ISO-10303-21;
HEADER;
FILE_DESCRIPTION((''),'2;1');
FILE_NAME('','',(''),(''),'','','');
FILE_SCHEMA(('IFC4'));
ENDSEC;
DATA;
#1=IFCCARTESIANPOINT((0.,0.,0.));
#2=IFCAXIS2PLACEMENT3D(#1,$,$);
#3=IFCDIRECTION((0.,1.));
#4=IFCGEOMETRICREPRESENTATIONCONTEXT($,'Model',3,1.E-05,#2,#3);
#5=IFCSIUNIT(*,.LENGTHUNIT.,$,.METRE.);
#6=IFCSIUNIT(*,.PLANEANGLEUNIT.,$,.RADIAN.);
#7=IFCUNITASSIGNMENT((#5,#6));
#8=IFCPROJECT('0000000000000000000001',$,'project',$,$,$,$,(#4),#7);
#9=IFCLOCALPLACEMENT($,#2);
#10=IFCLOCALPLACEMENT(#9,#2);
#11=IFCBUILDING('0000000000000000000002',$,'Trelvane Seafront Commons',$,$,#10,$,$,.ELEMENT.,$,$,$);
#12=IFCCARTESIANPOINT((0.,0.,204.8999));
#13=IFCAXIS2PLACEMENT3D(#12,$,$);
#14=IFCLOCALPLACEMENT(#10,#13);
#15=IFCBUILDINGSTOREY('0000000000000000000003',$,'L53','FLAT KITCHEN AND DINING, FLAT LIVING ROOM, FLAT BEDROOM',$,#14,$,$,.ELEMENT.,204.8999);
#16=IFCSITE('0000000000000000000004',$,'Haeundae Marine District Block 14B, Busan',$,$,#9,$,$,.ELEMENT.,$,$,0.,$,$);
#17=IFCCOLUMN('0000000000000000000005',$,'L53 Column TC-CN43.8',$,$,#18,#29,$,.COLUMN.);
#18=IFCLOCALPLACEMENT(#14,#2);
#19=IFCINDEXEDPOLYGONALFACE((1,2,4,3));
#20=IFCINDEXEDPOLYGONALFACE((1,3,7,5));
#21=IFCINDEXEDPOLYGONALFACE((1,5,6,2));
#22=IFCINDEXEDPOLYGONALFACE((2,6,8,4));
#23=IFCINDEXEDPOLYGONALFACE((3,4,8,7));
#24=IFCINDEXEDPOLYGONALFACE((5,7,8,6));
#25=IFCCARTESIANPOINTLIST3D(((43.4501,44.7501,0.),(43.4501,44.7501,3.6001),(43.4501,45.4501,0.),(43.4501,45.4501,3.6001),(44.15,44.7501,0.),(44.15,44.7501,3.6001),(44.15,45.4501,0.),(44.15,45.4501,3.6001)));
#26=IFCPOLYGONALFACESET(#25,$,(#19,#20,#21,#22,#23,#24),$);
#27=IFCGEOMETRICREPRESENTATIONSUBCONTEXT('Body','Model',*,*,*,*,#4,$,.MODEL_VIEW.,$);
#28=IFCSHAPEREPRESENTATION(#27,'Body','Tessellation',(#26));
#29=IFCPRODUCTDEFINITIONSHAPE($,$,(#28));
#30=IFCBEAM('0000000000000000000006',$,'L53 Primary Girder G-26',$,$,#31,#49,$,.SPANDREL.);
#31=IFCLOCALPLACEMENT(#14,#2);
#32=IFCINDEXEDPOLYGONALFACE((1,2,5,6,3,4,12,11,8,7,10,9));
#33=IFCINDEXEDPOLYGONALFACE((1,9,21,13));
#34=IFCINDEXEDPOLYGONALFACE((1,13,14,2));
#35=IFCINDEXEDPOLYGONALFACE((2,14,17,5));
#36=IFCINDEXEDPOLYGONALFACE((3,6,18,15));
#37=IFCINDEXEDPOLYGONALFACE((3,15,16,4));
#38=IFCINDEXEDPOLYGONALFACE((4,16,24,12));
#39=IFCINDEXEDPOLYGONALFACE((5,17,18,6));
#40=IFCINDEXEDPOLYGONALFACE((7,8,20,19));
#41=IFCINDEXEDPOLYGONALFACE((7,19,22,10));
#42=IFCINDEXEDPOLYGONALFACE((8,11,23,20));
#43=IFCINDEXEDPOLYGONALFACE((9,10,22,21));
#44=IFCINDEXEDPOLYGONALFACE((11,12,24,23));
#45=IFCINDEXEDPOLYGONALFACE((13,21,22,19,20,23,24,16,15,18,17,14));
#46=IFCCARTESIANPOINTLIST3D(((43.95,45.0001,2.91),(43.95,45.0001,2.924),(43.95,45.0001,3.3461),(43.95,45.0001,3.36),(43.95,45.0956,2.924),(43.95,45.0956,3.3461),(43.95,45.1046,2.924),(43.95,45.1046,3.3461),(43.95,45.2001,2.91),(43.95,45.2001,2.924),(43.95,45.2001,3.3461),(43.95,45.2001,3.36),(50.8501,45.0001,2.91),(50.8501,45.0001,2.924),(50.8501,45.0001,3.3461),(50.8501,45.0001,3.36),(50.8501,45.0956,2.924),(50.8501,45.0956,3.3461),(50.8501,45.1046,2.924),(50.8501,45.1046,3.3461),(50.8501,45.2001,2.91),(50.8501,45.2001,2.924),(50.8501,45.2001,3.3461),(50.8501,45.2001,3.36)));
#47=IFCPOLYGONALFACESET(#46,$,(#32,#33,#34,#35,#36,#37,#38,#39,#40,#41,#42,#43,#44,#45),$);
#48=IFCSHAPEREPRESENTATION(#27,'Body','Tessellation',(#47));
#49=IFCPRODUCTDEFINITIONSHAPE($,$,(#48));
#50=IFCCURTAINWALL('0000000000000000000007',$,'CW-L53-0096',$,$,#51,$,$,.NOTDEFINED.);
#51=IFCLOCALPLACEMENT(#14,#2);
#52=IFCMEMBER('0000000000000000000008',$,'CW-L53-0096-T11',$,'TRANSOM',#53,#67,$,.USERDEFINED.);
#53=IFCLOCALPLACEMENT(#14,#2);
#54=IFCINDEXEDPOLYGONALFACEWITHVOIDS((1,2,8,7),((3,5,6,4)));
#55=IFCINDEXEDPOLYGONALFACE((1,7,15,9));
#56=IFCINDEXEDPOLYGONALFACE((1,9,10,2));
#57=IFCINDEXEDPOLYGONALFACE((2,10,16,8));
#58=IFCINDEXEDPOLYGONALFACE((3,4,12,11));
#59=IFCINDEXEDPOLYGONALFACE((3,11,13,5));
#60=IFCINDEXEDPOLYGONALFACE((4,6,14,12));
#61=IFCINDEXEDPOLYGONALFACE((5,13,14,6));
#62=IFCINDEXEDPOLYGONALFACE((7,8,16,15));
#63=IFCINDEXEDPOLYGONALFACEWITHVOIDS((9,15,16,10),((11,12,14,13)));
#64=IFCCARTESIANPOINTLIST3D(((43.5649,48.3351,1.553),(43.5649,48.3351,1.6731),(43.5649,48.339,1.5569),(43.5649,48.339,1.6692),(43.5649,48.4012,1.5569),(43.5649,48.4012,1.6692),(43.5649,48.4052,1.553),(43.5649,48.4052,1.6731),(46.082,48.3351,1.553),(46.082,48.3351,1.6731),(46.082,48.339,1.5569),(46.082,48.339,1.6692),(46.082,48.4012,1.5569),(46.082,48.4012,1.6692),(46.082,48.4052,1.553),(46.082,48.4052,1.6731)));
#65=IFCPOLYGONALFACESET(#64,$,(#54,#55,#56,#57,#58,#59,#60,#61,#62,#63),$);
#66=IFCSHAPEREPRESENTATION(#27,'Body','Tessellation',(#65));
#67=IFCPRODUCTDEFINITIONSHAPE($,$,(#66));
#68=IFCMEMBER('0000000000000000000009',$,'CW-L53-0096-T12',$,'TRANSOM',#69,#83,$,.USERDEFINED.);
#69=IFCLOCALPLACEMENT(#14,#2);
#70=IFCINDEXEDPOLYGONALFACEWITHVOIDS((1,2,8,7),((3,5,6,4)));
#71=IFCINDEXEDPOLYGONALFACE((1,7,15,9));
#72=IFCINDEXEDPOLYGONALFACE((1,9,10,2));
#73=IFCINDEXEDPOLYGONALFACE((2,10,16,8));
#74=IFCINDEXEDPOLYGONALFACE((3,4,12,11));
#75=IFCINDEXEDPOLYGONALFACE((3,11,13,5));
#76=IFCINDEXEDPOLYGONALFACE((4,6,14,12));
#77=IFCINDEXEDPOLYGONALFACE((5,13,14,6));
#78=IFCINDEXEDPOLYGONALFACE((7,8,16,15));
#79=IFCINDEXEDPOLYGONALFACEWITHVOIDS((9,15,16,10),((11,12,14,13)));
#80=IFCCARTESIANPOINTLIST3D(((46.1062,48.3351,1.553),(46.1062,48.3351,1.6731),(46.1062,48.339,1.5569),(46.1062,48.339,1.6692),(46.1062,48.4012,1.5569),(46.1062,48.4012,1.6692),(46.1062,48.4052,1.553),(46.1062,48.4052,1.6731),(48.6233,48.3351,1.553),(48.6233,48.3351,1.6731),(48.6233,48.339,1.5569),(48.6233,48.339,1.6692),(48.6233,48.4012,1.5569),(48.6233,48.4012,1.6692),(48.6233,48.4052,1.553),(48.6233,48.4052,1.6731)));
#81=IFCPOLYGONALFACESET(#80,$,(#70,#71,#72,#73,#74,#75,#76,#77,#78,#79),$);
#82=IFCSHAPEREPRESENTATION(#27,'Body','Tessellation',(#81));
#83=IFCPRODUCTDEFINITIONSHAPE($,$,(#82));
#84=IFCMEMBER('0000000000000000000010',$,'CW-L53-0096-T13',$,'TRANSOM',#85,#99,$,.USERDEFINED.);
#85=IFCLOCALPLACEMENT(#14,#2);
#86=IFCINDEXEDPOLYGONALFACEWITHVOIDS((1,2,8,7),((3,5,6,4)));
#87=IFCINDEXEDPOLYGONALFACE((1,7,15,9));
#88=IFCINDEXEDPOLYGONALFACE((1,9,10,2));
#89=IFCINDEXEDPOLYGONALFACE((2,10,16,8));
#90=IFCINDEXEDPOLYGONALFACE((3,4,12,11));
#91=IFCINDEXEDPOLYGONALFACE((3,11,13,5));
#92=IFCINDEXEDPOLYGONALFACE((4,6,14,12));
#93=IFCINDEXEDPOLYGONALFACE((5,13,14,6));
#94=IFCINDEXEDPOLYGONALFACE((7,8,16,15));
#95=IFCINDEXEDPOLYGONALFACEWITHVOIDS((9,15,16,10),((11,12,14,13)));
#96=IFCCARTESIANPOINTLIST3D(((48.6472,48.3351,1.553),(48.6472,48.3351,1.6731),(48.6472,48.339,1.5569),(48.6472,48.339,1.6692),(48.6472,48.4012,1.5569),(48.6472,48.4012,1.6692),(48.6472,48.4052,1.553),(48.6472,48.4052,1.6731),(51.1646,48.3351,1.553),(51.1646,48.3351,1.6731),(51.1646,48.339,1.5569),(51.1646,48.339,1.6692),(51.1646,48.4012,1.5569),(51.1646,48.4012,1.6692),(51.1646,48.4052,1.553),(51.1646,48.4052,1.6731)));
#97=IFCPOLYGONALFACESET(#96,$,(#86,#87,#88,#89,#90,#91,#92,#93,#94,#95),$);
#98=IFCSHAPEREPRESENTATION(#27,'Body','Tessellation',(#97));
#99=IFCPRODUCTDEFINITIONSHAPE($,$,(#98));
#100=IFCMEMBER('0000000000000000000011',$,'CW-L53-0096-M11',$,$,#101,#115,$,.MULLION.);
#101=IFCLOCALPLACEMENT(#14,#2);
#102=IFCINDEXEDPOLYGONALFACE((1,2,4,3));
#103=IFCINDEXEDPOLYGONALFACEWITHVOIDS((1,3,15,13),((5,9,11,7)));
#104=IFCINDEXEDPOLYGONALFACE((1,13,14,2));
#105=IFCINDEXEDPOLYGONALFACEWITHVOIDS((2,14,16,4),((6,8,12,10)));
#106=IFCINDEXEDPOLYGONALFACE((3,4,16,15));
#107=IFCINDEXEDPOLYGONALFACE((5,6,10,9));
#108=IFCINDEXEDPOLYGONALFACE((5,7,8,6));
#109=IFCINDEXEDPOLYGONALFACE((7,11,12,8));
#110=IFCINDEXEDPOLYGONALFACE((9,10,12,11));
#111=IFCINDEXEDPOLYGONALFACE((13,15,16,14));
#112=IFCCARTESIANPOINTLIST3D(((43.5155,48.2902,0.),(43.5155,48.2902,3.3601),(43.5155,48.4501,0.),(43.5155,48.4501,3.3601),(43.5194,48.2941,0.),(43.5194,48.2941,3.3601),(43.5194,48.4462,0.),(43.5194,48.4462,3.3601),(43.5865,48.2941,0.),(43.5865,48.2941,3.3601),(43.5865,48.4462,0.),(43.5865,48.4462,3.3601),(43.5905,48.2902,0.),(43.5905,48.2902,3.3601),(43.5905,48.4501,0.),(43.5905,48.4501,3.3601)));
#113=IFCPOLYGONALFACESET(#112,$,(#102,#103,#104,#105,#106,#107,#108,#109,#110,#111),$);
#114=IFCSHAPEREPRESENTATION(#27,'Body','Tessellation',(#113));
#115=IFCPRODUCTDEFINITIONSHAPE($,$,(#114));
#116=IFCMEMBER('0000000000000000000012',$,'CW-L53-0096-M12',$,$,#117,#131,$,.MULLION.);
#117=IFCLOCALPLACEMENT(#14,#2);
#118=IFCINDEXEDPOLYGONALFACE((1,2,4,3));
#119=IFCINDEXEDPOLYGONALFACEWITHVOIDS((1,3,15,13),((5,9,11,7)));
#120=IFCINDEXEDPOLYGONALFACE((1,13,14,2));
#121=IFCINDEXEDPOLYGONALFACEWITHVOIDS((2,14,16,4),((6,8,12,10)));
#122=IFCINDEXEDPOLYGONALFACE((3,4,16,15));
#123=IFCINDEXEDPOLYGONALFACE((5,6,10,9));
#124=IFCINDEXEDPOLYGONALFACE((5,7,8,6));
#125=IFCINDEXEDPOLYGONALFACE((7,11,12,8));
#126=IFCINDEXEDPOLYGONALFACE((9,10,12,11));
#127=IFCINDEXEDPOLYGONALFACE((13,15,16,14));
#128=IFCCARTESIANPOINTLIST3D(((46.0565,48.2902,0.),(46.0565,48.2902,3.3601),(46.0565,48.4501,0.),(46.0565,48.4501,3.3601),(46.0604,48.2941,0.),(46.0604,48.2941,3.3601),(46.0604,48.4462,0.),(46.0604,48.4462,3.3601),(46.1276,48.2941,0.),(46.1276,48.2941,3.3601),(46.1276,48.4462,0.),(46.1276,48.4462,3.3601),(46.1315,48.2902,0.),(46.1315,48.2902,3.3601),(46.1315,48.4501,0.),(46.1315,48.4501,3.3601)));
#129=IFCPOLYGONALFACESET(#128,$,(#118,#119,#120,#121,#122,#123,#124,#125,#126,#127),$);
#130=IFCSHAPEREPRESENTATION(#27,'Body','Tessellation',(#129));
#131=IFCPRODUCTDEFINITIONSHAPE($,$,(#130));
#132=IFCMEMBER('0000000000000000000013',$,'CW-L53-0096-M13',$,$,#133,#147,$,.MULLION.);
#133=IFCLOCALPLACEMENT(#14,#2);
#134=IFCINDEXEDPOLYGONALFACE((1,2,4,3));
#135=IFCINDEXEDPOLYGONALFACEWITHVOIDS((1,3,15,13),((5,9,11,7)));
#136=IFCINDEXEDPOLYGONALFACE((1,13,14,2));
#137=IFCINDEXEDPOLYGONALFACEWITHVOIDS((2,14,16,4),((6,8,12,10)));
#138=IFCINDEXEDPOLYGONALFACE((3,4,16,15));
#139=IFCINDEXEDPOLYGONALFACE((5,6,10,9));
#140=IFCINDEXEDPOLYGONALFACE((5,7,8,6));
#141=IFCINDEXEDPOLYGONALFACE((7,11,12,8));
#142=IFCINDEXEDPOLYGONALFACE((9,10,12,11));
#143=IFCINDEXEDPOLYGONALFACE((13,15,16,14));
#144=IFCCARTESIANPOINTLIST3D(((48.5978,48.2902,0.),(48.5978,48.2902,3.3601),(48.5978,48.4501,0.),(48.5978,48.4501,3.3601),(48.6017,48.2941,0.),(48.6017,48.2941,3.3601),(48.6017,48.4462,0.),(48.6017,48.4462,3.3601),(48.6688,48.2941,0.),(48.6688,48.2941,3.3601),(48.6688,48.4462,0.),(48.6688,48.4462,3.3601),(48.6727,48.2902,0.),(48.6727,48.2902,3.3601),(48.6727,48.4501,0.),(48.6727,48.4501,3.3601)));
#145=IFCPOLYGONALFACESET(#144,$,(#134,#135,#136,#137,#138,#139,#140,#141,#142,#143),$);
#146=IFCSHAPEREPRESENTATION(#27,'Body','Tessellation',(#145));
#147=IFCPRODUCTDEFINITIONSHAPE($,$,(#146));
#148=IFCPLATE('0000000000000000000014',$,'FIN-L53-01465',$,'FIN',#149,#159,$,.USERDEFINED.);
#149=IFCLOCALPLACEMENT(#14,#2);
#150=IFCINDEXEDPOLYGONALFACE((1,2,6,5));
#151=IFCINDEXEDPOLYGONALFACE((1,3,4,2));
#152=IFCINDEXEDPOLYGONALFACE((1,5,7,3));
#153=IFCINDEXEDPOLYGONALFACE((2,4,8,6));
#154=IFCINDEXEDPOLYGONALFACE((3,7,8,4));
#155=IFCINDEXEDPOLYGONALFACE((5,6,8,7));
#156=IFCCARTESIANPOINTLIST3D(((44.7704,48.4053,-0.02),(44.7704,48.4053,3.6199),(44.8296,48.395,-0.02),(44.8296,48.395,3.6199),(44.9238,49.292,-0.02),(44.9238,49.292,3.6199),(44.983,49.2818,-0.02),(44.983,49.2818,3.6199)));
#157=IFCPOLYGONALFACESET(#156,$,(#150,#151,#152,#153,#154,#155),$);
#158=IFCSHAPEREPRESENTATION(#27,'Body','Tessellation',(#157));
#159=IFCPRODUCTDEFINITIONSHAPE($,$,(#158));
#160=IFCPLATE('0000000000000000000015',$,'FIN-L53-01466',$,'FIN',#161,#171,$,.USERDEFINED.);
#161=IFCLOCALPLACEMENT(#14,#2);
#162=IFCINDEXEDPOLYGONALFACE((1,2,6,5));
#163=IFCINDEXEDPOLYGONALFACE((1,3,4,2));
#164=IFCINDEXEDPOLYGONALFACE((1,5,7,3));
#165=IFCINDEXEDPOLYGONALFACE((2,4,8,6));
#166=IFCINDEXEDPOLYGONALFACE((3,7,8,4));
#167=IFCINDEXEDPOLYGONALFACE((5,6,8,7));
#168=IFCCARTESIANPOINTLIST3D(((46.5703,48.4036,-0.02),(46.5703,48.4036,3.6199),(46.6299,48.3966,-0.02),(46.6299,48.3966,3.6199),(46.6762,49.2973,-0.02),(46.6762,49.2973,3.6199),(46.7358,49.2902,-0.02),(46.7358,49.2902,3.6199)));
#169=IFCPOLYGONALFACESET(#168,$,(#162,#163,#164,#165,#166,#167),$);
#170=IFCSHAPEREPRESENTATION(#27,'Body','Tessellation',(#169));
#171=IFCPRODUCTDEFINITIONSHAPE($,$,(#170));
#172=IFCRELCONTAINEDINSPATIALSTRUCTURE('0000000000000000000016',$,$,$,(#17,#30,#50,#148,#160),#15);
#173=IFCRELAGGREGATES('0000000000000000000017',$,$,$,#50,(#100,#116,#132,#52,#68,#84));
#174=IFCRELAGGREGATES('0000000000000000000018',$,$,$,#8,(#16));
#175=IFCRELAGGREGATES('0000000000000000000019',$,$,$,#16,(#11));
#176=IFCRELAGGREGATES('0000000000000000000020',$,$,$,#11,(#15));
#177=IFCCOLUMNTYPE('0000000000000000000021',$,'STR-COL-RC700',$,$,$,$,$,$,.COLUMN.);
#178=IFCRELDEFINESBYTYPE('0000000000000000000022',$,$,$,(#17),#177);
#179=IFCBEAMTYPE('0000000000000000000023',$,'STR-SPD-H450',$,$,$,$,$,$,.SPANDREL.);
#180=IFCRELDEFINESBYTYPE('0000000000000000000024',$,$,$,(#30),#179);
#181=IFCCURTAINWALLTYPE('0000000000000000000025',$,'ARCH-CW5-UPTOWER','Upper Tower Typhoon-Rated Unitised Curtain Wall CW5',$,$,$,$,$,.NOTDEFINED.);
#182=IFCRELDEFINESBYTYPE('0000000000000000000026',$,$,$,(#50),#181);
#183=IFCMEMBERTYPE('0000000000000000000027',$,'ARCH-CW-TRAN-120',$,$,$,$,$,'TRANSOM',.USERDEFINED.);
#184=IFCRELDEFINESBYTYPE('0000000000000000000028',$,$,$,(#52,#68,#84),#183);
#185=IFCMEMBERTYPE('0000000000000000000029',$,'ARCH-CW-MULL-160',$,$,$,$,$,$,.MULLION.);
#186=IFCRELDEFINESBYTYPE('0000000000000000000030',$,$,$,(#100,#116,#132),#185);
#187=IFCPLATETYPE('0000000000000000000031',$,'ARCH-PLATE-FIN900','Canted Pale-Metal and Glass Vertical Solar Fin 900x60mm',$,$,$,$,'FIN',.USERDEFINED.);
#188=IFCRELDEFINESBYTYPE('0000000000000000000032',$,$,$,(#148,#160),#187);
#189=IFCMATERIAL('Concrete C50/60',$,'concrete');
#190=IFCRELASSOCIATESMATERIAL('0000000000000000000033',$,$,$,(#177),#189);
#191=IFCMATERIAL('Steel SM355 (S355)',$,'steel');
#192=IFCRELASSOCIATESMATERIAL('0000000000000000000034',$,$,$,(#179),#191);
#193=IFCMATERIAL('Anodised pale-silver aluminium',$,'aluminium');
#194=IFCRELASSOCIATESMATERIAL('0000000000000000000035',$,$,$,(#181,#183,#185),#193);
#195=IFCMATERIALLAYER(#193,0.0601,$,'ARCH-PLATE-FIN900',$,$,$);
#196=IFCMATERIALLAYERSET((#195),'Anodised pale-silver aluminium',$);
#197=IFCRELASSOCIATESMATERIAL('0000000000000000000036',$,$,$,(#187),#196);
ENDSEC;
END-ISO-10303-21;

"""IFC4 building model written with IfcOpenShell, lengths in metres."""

from ifc_helpers import new_model, si_unit, direction, frame, origin, origin_2d, place, context, subcontext, project, spatial, rectangle, hollow_rectangle, i_section, extrude, source, transform, mapped, material, layer, layer_set, material_profile, profile_set, type_object, element, aggregate, save


model = new_model("IFC4")

# Units and contexts
model_context = context("Model", 3, precision=1e-05, world=origin(), true_north=direction((0.0, 1.0)))
body_context = subcontext(model_context, "Body", "Model", "MODEL_VIEW")
ifc_project = project(units=[si_unit("LENGTHUNIT", "METRE"), si_unit("PLANEANGLEUNIT", "RADIAN")], contexts=[model_context])

# Site, building, storey
site_placement = place(None, origin())
site = spatial("IfcSite", under=ifc_project, at=site_placement, Name="Haeundae Marine District Block 14B, Busan", CompositionType="ELEMENT", RefElevation=0.0)
building_placement = place(site_placement, origin())
building = spatial("IfcBuilding", under=site, at=building_placement, Name="Trelvane Seafront Commons", CompositionType="ELEMENT")
storey_placement = place(building_placement, frame((0.0, 0.0, 204.8999)))
storey = spatial("IfcBuildingStorey", under=building, at=storey_placement, Name="L53", Description="FLAT KITCHEN AND DINING, FLAT LIVING ROOM, FLAT BEDROOM", CompositionType="ELEMENT", Elevation=204.8999)

# Column
ifc_material_1 = material(Name="Concrete C50/60", Category="concrete")
ifc_material_profile_1 = material_profile(ifc_material_1, rectangle(XDim=0.7, YDim=0.7, at=origin_2d()), Name="RC-700x700")
ifc_profile_set_1 = profile_set([ifc_material_profile_1], Name="Concrete C50/60")
column_type = type_object("IfcColumnType", Name="STR-COL-RC700", PredefinedType="COLUMN", material=ifc_profile_set_1)
shared_shape_1 = source(origin(), body_context, "Body", "SweptSolid", [
    extrude(rectangle(XDim=0.7, YDim=0.7, at=origin_2d()), origin(), (0.0, 0.0, 1.0), 3.6001),
])
column_placement = place(storey_placement, frame((43.8, 45.1001, 0.0), z_axis=(0.0, 0.0, 1.0), x_axis=(1.0, 0.0, 0.0)))
element("IfcColumn", 1, at=column_placement, inside=storey, type_object=column_type, Name="L53 Column TC-CN43.8", PredefinedType="COLUMN", context=body_context, shape_type="MappedRepresentation", body=[
    mapped(shared_shape_1, transform((0.0, 0.0, 0.0), x_axis=(1.0, 0.0, 0.0), y_axis=(0.0, 1.0, 0.0), z_axis=(0.0, 0.0, 1.0), scale=1.0)),
])

# Beam
ifc_material_2 = material(Name="Steel SM355 (S355)", Category="steel")
ifc_material_profile_2 = material_profile(ifc_material_2, i_section(OverallWidth=0.2, OverallDepth=0.45, WebThickness=0.009, FlangeThickness=0.0139, at=origin_2d()), Name="H-450x200x9x14")
ifc_profile_set_2 = profile_set([ifc_material_profile_2], Name="Steel SM355 (S355)")
beam_type = type_object("IfcBeamType", Name="STR-SPD-H450", PredefinedType="SPANDREL", material=ifc_profile_set_2)
shared_shape_2 = source(origin(), body_context, "Body", "SweptSolid", [
    extrude(i_section(OverallWidth=0.2, OverallDepth=0.45, WebThickness=0.009, FlangeThickness=0.0139, at=origin_2d()), origin(), (0.0, 0.0, 1.0), 6.9001),
])
beam_placement = place(storey_placement, frame((43.95, 45.1001, 3.135), z_axis=(1.0, 0.0, 0.0), x_axis=(0.0, 1.0, 0.0)))
element("IfcBeam", 2, at=beam_placement, inside=storey, type_object=beam_type, Name="L53 Primary Girder G-26", PredefinedType="SPANDREL", context=body_context, shape_type="MappedRepresentation", body=[
    mapped(shared_shape_2, transform((0.0, 0.0, 0.0), x_axis=(1.0, 0.0, 0.0), y_axis=(0.0, 1.0, 0.0), z_axis=(0.0, 0.0, 1.0), scale=1.0)),
])

# Curtain wall, members
ifc_material_3 = material(Name="Anodised pale-silver aluminium", Category="aluminium")
curtain_wall_type = type_object("IfcCurtainWallType", Name="ARCH-CW5-UPTOWER", Description="Upper Tower Typhoon-Rated Unitised Curtain Wall CW5", PredefinedType="NOTDEFINED", material=ifc_material_3)
curtain_wall_placement = place(storey_placement, origin())
curtain_wall = element("IfcCurtainWall", 3, at=curtain_wall_placement, inside=storey, type_object=curtain_wall_type, Name="CW-L53-0096", PredefinedType="NOTDEFINED")
ifc_material_profile_3 = material_profile(ifc_material_3, hollow_rectangle(XDim=0.0701, YDim=0.1201, WallThickness=0.0039, at=origin_2d()), Name="TRAN-70x120x4")
ifc_profile_set_3 = profile_set([ifc_material_profile_3], Name="Anodised pale-silver aluminium")
member_type_1 = type_object("IfcMemberType", Name="ARCH-CW-TRAN-120", ElementType="TRANSOM", PredefinedType="USERDEFINED", material=ifc_profile_set_3)
shared_shape_3 = source(origin(), body_context, "Body", "SweptSolid", [
    extrude(hollow_rectangle(XDim=0.0701, YDim=0.1201, WallThickness=0.0039, at=origin_2d()), origin(), (0.0, 0.0, 1.0), 2.5171),
])
member_1_placement = place(storey_placement, frame((43.5649, 48.3701, 1.613), z_axis=(1.0, 0.0, 0.0), x_axis=(0.0, 1.0, 0.0)))
member_1 = element("IfcMember", 4, at=member_1_placement, type_object=member_type_1, Name="CW-L53-0096-T11", ObjectType="TRANSOM", PredefinedType="USERDEFINED", context=body_context, shape_type="MappedRepresentation", body=[
    mapped(shared_shape_3, transform((0.0, 0.0, 0.0), x_axis=(1.0, 0.0, 0.0), y_axis=(0.0, 1.0, 0.0), z_axis=(0.0, 0.0, 1.0), scale=1.0)),
])
member_2_placement = place(storey_placement, frame((46.1062, 48.3701, 1.613), z_axis=(1.0, 0.0, 0.0), x_axis=(0.0, 1.0, 0.0)))
member_2 = element("IfcMember", 5, at=member_2_placement, type_object=member_type_1, Name="CW-L53-0096-T12", ObjectType="TRANSOM", PredefinedType="USERDEFINED", context=body_context, shape_type="MappedRepresentation", body=[
    mapped(shared_shape_3, transform((0.0, 0.0, 0.0), x_axis=(1.0, 0.0, 0.0), y_axis=(0.0, 1.0, 0.0), z_axis=(0.0, 0.0, 1.0), scale=1.0)),
])
shared_shape_4 = source(origin(), body_context, "Body", "SweptSolid", [
    extrude(hollow_rectangle(XDim=0.0701, YDim=0.1201, WallThickness=0.0039, at=origin_2d()), origin(), (0.0, 0.0, 1.0), 2.5173),
])
member_3_placement = place(storey_placement, frame((48.6472, 48.3701, 1.613), z_axis=(1.0, 0.0, 0.0), x_axis=(0.0, 1.0, 0.0)))
member_3 = element("IfcMember", 6, at=member_3_placement, type_object=member_type_1, Name="CW-L53-0096-T13", ObjectType="TRANSOM", PredefinedType="USERDEFINED", context=body_context, shape_type="MappedRepresentation", body=[
    mapped(shared_shape_4, transform((0.0, 0.0, 0.0), x_axis=(1.0, 0.0, 0.0), y_axis=(0.0, 1.0, 0.0), z_axis=(0.0, 0.0, 1.0), scale=1.0)),
])
ifc_material_profile_4 = material_profile(ifc_material_3, hollow_rectangle(XDim=0.075, YDim=0.1599, WallThickness=0.0039, at=origin_2d()), Name="MULL-75x160x4")
ifc_profile_set_4 = profile_set([ifc_material_profile_4], Name="Anodised pale-silver aluminium")
member_type_2 = type_object("IfcMemberType", Name="ARCH-CW-MULL-160", PredefinedType="MULLION", material=ifc_profile_set_4)
shared_shape_5 = source(origin(), body_context, "Body", "SweptSolid", [
    extrude(hollow_rectangle(XDim=0.075, YDim=0.1599, WallThickness=0.0039, at=origin_2d()), origin(), (0.0, 0.0, 1.0), 3.3601),
])
member_4_placement = place(storey_placement, frame((43.553, 48.3701, 0.0), z_axis=(0.0, 0.0, 1.0), x_axis=(1.0, 0.0, 0.0)))
member_4 = element("IfcMember", 7, at=member_4_placement, type_object=member_type_2, Name="CW-L53-0096-M11", PredefinedType="MULLION", context=body_context, shape_type="MappedRepresentation", body=[
    mapped(shared_shape_5, transform((0.0, 0.0, 0.0), x_axis=(1.0, 0.0, 0.0), y_axis=(0.0, 1.0, 0.0), z_axis=(0.0, 0.0, 1.0), scale=1.0)),
])
member_5_placement = place(storey_placement, frame((46.094, 48.3701, 0.0), z_axis=(0.0, 0.0, 1.0), x_axis=(1.0, 0.0, 0.0)))
member_5 = element("IfcMember", 8, at=member_5_placement, type_object=member_type_2, Name="CW-L53-0096-M12", PredefinedType="MULLION", context=body_context, shape_type="MappedRepresentation", body=[
    mapped(shared_shape_5, transform((0.0, 0.0, 0.0), x_axis=(1.0, 0.0, 0.0), y_axis=(0.0, 1.0, 0.0), z_axis=(0.0, 0.0, 1.0), scale=1.0)),
])
member_6_placement = place(storey_placement, frame((48.6353, 48.3701, 0.0), z_axis=(0.0, 0.0, 1.0), x_axis=(1.0, 0.0, 0.0)))
member_6 = element("IfcMember", 9, at=member_6_placement, type_object=member_type_2, Name="CW-L53-0096-M13", PredefinedType="MULLION", context=body_context, shape_type="MappedRepresentation", body=[
    mapped(shared_shape_5, transform((0.0, 0.0, 0.0), x_axis=(1.0, 0.0, 0.0), y_axis=(0.0, 1.0, 0.0), z_axis=(0.0, 0.0, 1.0), scale=1.0)),
])

# Plates
ifc_layer_1 = layer(ifc_material_3, 0.0601, Name="ARCH-PLATE-FIN900")
ifc_layer_set_1 = layer_set([ifc_layer_1], Name="Anodised pale-silver aluminium")
plate_type_1 = type_object("IfcPlateType", Name="ARCH-PLATE-FIN900", Description="Canted Pale-Metal and Glass Vertical Solar Fin 900x60mm", ElementType="FIN", PredefinedType="USERDEFINED", material=ifc_layer_set_1)
shared_shape_6 = source(origin(), body_context, "Body", "SweptSolid", [
    extrude(rectangle(XDim=0.8999, YDim=0.0601, at=origin_2d()), origin(), (0.0, 0.0, 1.0), 3.6399),
])
for number, where, z_axis, x_axis, name in (
    (10, (44.8767, 48.8435, -0.02), (0.0, 0.0, 1.0), (0.17045, 0.985366, 0.0), "FIN-L53-01465"),
    (11, (46.6531, 48.8469, -0.02), (0.0, 0.0, 1.0), (0.117673, 0.993052, 0.0), "FIN-L53-01466"),
):
    element("IfcPlate", number, at=place(storey_placement, frame(where, z_axis=z_axis, x_axis=x_axis)), inside=storey, type_object=plate_type_1, Name=name, ObjectType="FIN", PredefinedType="USERDEFINED", context=body_context, shape_type="MappedRepresentation", body=[
        mapped(shared_shape_6, transform((0.0, 0.0, 0.0), x_axis=(1.0, 0.0, 0.0), y_axis=(0.0, 1.0, 0.0), z_axis=(0.0, 0.0, 1.0), scale=1.0)),
    ])

aggregate(curtain_wall, [member_4, member_5, member_6, member_1, member_2, member_3])

save(model, "model.ifc")
